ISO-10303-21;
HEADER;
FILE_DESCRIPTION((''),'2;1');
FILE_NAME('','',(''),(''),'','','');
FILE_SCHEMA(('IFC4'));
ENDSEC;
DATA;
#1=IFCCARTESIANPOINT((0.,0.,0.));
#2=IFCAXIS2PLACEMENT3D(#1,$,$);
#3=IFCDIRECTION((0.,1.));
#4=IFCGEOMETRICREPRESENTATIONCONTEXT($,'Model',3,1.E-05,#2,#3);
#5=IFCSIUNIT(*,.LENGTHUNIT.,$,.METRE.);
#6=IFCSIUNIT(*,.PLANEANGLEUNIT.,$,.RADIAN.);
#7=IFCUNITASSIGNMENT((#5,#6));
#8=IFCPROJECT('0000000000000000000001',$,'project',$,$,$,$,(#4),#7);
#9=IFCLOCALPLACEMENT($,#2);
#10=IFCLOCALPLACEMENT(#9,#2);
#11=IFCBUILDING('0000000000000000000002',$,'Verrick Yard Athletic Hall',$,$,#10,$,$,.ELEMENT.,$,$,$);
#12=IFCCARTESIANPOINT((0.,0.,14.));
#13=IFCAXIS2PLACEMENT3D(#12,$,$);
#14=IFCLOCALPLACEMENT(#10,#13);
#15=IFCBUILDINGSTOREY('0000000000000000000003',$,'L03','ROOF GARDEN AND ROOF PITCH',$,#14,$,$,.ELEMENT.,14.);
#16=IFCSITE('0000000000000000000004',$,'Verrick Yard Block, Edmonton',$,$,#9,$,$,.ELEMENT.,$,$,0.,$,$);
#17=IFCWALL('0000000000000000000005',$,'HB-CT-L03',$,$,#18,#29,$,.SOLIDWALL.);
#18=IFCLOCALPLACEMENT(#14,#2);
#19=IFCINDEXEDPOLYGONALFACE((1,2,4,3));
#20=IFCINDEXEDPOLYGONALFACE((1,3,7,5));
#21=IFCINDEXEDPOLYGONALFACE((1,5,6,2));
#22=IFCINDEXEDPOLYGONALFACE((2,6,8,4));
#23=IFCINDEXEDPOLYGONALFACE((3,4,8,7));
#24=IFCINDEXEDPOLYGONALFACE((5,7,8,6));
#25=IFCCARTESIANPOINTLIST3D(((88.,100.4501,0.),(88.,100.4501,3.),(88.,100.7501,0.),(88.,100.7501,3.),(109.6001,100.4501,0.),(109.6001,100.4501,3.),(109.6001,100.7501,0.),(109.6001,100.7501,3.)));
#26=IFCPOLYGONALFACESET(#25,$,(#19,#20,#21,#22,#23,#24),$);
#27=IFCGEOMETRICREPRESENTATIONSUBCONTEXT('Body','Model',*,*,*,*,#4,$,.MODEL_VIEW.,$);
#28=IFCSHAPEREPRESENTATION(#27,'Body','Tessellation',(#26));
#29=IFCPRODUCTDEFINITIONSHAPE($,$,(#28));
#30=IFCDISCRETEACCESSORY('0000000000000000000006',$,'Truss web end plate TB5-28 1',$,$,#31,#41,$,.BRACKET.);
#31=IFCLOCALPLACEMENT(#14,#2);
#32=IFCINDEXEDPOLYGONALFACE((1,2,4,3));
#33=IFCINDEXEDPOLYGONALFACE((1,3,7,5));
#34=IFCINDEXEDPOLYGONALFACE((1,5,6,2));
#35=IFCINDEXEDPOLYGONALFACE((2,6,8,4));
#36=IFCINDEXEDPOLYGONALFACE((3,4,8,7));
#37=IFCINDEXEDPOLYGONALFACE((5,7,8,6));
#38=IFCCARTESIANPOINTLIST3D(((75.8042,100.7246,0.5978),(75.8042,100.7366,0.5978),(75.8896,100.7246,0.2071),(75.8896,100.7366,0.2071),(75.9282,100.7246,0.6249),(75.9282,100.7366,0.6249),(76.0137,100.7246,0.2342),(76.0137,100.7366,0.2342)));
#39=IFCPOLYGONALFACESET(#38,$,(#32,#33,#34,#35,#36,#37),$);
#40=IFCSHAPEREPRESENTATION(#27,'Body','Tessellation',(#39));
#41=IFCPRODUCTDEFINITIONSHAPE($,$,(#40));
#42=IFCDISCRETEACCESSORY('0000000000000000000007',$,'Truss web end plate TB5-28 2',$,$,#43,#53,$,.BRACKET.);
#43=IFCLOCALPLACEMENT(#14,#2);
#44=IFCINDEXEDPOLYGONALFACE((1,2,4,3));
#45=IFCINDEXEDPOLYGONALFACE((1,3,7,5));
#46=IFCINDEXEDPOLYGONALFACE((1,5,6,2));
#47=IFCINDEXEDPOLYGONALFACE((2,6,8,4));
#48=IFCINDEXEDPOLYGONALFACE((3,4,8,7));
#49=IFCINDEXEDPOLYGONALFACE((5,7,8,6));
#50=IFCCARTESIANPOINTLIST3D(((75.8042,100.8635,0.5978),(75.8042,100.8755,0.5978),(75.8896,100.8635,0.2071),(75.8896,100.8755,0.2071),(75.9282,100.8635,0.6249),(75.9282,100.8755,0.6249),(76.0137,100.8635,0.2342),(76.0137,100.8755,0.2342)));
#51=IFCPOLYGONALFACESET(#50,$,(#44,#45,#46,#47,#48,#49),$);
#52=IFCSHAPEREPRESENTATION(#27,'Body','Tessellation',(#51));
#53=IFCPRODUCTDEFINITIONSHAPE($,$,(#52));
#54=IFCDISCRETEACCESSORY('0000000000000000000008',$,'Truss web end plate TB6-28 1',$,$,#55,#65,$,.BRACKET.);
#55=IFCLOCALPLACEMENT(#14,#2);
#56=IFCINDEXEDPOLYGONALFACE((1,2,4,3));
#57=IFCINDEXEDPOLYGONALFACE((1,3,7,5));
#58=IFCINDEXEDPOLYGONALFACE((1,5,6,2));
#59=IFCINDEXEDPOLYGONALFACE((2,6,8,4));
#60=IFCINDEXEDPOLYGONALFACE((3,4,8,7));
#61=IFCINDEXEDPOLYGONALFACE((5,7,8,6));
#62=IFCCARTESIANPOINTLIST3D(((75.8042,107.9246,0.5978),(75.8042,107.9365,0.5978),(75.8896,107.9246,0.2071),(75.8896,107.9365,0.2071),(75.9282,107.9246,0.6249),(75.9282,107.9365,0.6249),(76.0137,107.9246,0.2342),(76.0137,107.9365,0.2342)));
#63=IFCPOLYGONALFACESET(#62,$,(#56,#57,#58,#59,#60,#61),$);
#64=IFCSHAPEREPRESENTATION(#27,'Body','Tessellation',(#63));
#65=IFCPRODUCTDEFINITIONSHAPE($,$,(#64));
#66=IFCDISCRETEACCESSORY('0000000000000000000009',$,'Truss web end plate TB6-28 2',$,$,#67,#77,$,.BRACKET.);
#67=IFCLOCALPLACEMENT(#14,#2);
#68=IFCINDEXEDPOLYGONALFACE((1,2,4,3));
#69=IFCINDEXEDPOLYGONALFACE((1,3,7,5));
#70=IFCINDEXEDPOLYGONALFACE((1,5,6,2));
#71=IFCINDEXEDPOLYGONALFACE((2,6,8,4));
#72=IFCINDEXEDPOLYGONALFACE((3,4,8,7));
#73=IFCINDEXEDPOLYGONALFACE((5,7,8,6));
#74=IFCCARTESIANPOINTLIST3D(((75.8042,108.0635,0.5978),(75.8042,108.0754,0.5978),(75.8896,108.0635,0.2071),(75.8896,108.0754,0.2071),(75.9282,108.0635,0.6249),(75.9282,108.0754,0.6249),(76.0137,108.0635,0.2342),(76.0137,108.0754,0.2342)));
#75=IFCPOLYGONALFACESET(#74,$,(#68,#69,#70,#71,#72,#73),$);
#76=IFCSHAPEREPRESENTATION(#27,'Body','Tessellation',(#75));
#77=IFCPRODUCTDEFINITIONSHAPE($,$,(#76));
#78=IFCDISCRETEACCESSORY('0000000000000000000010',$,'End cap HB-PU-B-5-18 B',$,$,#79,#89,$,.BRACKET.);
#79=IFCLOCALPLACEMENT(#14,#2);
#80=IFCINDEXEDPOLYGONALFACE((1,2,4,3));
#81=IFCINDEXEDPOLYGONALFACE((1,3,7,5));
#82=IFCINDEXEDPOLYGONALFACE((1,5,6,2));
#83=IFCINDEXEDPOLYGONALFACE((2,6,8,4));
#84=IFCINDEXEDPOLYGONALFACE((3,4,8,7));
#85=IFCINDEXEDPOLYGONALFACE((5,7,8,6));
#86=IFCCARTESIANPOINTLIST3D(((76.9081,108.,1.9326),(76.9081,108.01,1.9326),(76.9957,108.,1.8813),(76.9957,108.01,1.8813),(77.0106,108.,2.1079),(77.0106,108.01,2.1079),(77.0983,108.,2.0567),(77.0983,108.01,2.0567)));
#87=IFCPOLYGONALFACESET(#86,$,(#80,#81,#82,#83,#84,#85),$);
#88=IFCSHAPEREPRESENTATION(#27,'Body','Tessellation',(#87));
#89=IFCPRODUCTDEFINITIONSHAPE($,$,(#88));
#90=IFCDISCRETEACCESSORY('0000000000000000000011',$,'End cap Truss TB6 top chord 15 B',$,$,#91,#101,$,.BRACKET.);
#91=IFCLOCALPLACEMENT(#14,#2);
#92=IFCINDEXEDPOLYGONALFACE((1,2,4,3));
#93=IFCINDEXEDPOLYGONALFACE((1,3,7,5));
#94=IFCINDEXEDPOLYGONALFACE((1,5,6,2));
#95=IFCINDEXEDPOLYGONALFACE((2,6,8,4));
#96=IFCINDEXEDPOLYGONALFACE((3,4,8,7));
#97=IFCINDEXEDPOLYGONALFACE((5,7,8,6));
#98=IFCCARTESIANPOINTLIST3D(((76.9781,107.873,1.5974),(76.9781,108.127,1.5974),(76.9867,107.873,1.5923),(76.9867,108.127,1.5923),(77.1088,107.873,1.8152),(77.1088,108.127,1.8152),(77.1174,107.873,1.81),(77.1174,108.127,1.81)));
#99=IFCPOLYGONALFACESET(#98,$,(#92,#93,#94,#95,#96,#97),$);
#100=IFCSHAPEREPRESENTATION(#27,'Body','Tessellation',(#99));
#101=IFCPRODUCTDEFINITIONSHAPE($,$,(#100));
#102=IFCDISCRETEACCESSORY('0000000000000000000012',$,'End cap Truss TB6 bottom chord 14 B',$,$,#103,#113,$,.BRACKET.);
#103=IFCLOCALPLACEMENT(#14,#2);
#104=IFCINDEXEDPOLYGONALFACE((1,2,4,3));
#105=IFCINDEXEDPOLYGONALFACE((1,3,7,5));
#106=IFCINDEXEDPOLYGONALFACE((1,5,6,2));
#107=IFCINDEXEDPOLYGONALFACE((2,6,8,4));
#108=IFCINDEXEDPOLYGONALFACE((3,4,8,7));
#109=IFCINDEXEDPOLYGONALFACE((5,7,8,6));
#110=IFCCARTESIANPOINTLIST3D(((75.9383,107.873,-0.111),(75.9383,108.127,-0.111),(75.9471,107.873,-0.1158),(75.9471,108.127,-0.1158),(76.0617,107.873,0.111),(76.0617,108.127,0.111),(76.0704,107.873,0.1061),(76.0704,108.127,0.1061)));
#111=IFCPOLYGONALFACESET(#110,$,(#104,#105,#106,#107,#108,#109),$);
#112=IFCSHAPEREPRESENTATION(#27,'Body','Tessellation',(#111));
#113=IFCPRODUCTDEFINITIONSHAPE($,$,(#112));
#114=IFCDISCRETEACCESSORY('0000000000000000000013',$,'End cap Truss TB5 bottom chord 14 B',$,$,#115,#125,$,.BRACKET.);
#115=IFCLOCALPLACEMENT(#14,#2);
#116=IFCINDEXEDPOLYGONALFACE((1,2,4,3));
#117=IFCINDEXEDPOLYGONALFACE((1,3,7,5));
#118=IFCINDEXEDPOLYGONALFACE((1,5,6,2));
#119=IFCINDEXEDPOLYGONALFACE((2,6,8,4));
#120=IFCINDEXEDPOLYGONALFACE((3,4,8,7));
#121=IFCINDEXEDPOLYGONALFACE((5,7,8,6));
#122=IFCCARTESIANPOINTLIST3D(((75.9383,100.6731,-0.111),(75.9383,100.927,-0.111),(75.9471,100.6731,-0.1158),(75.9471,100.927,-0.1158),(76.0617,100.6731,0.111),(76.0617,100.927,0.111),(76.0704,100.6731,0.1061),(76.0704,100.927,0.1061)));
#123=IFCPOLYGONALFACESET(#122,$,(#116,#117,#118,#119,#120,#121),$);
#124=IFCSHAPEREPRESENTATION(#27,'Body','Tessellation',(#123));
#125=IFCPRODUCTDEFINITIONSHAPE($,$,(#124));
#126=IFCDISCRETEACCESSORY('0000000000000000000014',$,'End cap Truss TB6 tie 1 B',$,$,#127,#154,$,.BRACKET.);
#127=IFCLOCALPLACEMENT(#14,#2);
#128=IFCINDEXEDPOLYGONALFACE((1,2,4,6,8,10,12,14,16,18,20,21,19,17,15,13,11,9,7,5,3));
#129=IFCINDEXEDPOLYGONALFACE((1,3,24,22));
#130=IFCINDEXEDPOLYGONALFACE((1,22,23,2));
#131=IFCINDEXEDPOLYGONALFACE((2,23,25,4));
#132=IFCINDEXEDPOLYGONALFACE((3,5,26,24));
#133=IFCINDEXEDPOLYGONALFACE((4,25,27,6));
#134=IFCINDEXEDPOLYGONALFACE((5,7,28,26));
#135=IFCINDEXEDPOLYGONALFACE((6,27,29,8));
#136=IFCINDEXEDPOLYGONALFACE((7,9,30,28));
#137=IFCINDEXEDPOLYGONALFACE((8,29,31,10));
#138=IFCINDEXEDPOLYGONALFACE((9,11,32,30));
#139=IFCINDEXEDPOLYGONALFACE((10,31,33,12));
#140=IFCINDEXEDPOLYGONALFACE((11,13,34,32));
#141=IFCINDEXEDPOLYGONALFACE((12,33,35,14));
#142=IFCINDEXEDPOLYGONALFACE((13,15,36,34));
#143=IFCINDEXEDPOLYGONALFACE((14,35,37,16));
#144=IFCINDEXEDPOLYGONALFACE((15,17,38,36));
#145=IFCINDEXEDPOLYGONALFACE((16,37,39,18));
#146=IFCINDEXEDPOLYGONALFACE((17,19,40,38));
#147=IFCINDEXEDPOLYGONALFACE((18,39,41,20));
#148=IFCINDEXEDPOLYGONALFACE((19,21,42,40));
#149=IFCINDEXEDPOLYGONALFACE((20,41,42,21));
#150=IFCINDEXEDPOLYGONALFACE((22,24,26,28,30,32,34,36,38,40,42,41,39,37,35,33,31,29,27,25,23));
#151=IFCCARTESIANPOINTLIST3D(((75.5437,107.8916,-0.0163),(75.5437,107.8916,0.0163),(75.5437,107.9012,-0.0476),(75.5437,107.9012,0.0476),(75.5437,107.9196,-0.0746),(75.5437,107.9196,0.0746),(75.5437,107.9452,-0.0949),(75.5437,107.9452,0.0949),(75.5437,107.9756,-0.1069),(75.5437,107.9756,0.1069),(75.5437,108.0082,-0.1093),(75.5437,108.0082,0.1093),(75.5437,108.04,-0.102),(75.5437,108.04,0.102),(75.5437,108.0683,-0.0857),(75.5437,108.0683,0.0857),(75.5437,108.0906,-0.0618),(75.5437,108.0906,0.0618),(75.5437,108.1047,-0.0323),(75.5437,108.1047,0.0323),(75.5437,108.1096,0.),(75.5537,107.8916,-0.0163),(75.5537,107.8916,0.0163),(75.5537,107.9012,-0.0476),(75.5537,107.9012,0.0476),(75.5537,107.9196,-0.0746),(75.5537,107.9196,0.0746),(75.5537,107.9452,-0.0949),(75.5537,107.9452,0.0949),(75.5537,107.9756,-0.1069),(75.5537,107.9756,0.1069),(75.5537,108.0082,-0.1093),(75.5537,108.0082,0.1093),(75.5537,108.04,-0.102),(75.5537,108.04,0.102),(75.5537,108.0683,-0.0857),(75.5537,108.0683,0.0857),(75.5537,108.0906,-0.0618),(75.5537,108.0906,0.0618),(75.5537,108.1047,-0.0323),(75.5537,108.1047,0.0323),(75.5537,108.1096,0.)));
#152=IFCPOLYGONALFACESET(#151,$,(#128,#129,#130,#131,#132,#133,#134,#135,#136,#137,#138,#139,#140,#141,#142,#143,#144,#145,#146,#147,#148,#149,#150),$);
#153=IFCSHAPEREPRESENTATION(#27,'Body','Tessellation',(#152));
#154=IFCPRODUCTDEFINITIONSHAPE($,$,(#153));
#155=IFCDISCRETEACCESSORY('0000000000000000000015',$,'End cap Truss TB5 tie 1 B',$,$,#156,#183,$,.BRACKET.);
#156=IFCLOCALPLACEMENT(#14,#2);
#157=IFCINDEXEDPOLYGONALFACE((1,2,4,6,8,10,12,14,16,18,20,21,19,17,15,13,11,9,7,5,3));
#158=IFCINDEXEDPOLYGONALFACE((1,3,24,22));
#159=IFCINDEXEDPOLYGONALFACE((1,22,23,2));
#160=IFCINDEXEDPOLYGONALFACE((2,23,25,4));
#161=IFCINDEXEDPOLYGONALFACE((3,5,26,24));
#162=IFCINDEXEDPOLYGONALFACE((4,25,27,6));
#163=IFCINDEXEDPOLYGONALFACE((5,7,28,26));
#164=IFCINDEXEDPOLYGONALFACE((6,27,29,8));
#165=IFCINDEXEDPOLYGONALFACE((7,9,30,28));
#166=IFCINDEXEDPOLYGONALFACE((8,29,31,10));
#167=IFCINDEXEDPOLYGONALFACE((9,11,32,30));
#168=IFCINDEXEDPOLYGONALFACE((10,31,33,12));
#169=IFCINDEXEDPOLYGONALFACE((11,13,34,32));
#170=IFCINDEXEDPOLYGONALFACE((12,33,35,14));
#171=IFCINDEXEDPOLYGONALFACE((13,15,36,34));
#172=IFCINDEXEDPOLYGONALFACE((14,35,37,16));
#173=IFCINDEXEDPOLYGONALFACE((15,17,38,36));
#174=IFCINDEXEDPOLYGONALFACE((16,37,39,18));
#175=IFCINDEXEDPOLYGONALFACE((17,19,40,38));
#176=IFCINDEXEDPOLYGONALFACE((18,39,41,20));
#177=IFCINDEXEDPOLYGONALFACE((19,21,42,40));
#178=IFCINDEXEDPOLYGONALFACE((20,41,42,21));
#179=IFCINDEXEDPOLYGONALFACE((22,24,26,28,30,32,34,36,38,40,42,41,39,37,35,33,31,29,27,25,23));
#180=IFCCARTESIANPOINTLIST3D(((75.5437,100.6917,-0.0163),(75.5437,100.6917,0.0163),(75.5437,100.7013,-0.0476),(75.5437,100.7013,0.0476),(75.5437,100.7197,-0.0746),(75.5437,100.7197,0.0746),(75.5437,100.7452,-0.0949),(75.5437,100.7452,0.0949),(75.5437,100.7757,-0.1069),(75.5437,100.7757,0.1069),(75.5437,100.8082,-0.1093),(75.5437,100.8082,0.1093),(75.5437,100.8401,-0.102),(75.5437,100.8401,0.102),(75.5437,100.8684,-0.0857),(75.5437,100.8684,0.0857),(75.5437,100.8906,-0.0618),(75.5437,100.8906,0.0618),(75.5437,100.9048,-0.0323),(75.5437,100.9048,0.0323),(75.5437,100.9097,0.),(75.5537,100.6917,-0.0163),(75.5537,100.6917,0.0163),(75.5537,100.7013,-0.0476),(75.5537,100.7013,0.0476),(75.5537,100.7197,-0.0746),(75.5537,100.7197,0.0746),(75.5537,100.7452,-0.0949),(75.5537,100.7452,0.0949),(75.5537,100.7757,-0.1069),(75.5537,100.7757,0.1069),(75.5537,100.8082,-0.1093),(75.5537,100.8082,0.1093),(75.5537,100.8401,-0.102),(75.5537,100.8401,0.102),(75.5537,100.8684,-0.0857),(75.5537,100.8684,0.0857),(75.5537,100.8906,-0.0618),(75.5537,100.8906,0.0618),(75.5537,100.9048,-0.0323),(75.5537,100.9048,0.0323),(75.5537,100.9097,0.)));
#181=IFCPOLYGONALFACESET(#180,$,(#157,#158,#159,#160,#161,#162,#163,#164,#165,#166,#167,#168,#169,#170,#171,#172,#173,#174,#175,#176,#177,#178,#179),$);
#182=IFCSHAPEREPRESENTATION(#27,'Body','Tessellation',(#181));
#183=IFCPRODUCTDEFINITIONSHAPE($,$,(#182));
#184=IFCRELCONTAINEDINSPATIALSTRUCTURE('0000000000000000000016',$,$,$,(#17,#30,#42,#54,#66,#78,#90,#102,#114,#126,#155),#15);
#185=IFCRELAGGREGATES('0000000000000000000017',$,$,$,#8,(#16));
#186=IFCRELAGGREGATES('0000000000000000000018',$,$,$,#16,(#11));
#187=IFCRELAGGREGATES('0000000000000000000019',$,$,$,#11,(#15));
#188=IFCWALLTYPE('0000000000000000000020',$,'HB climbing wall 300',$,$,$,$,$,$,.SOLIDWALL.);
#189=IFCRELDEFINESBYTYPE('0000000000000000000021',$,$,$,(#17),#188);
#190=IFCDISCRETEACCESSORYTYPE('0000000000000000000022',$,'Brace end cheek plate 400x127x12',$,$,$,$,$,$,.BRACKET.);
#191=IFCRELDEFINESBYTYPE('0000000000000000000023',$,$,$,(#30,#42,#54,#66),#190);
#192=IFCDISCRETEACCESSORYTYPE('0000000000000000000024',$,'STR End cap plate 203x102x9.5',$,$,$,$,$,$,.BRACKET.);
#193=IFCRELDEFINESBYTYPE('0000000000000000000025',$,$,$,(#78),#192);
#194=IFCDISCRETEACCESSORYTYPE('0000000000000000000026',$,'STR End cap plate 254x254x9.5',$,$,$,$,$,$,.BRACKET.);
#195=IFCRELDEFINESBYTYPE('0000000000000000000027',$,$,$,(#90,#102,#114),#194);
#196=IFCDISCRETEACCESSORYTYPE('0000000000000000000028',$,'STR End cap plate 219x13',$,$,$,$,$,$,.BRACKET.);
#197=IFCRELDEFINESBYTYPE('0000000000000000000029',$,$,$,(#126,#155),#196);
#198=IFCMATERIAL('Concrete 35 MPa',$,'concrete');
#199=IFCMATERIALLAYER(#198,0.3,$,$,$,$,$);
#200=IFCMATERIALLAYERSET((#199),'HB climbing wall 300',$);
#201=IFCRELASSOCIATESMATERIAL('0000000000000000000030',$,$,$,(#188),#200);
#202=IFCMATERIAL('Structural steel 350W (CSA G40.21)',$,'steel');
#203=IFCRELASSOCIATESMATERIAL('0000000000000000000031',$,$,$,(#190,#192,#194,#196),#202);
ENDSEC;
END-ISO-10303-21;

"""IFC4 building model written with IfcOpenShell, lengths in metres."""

from ifc_helpers import new_model, si_unit, direction, frame, frame_2d, origin, origin_2d, place, context, subcontext, project, spatial, rectangle, circle, extrude, material, layer, layer_set, material_profile, profile_set, type_object, element, save


model = new_model("IFC4")

# Units and contexts
model_context = context("Model", 3, precision=1e-05, world=origin(), true_north=direction((0.0, 1.0)))
body_context = subcontext(model_context, "Body", "Model", "MODEL_VIEW")
ifc_project = project(units=[si_unit("LENGTHUNIT", "METRE"), si_unit("PLANEANGLEUNIT", "RADIAN")], contexts=[model_context])

# Site, building, storey
site_placement = place(None, origin())
site = spatial("IfcSite", under=ifc_project, at=site_placement, Name="Verrick Yard Block, Edmonton", CompositionType="ELEMENT", RefElevation=0.0)
building_placement = place(site_placement, origin())
building = spatial("IfcBuilding", under=site, at=building_placement, Name="Verrick Yard Athletic Hall", CompositionType="ELEMENT")
storey_placement = place(building_placement, frame((0.0, 0.0, 14.0)))
storey = spatial("IfcBuildingStorey", under=building, at=storey_placement, Name="L03", Description="ROOF GARDEN AND ROOF PITCH", CompositionType="ELEMENT", Elevation=14.0)

# Shared definitions
ifc_material_1 = material(Name="Concrete 35 MPa", Category="concrete")

# Wall
ifc_layer_1 = layer(ifc_material_1, 0.3)
ifc_layer_set_1 = layer_set([ifc_layer_1], Name="HB climbing wall 300")
wall_type_1 = type_object("IfcWallType", Name="HB climbing wall 300", PredefinedType="SOLIDWALL", material=ifc_layer_set_1)
wall_1_placement = place(storey_placement, frame((88.0, 100.6001, 0.0), z_axis=(0.0, 0.0, 1.0), x_axis=(1.0, 0.0, 0.0)))
element("IfcWall", 1, at=wall_1_placement, inside=storey, type_object=wall_type_1, Name="HB-CT-L03", PredefinedType="SOLIDWALL", context=body_context, shape_type="SweptSolid", body=[
    extrude(rectangle(XDim=21.6001, YDim=0.3, at=frame_2d((10.8, 0.0))), origin(), (0.0, 0.0, 1.0), 3.0),
])

# Discrete accessories
ifc_material_2 = material(Name="Structural steel 350W (CSA G40.21)", Category="steel")
ifc_material_profile_1 = material_profile(ifc_material_2, rectangle(XDim=0.3999, YDim=0.127, at=origin_2d()), Name="Brace end cheek plate")
ifc_profile_set_1 = profile_set([ifc_material_profile_1], Name="Structural steel 350W (CSA G40.21)")
discrete_accessory_type_1 = type_object("IfcDiscreteAccessoryType", Name="Brace end cheek plate 400x127x12", PredefinedType="BRACKET", material=ifc_profile_set_1)
for number, where, z_axis, x_axis, name in (
    (2, (75.9089, 100.7366, 0.416), (0.0, -1.0, 0.0), (-0.213605, 0.0, 0.97692), "Truss web end plate TB5-28 1"),
    (3, (75.9089, 100.8635, 0.416), (0.0, 1.0, 0.0), (-0.213605, 0.0, 0.97692), "Truss web end plate TB5-28 2"),
    (4, (75.9089, 107.9365, 0.416), (0.0, -1.0, 0.0), (-0.213605, 0.0, 0.97692), "Truss web end plate TB6-28 1"),
    (5, (75.9089, 108.0635, 0.416), (0.0, 1.0, 0.0), (-0.213605, 0.0, 0.97692), "Truss web end plate TB6-28 2"),
):
    element("IfcDiscreteAccessory", number, at=place(storey_placement, frame(where, z_axis=z_axis, x_axis=x_axis)), inside=storey, type_object=discrete_accessory_type_1, Name=name, PredefinedType="BRACKET", context=body_context, shape_type="SweptSolid", body=[
        extrude(rectangle(XDim=0.3999, YDim=0.127, at=origin_2d()), origin(), (0.0, 0.0, 1.0), 0.012),
    ])
ifc_material_profile_2 = material_profile(ifc_material_2, rectangle(XDim=0.1016, YDim=0.2031, at=origin_2d()), Name="STR End cap plate 203x102x9.5")
ifc_profile_set_2 = profile_set([ifc_material_profile_2], Name="Structural steel 350W (CSA G40.21)")
discrete_accessory_type_2 = type_object("IfcDiscreteAccessoryType", Name="STR End cap plate 203x102x9.5", PredefinedType="BRACKET", material=ifc_profile_set_2)
discrete_accessory_placement = place(storey_placement, frame((77.0032, 108.0, 1.9946), z_axis=(0.0, 1.0, 0.0), x_axis=(-0.863168, 0.0, 0.504917)))
element("IfcDiscreteAccessory", 6, at=discrete_accessory_placement, inside=storey, type_object=discrete_accessory_type_2, Name="End cap HB-PU-B-5-18 B", PredefinedType="BRACKET", context=body_context, shape_type="SweptSolid", body=[
    extrude(rectangle(XDim=0.1016, YDim=0.2031, at=origin_2d()), origin(), (0.0, 0.0, 1.0), 0.01),
])
ifc_material_profile_3 = material_profile(ifc_material_2, rectangle(XDim=0.2539, YDim=0.2539, at=origin_2d()), Name="STR End cap plate 254x254x9.5")
ifc_profile_set_3 = profile_set([ifc_material_profile_3], Name="Structural steel 350W (CSA G40.21)")
discrete_accessory_type_3 = type_object("IfcDiscreteAccessoryType", Name="STR End cap plate 254x254x9.5", PredefinedType="BRACKET", material=ifc_profile_set_3)
for number, where, z_axis, x_axis, name in (
    (7, (77.0435, 108.0, 1.7063), (0.857493, 0.0, -0.514496), (0.0, 1.0, 0.0), "End cap Truss TB6 top chord 15 B"),
    (8, (76.0, 108.0, 0.0), (0.874157, 0.0, -0.485643), (0.0, 1.0, 0.0), "End cap Truss TB6 bottom chord 14 B"),
    (9, (76.0, 100.8, 0.0), (0.874157, 0.0, -0.485643), (0.0, 1.0, 0.0), "End cap Truss TB5 bottom chord 14 B"),
):
    element("IfcDiscreteAccessory", number, at=place(storey_placement, frame(where, z_axis=z_axis, x_axis=x_axis)), inside=storey, type_object=discrete_accessory_type_3, Name=name, PredefinedType="BRACKET", context=body_context, shape_type="SweptSolid", body=[
        extrude(rectangle(XDim=0.2539, YDim=0.2539, at=origin_2d()), origin(), (0.0, 0.0, 1.0), 0.01),
    ])
ifc_material_profile_4 = material_profile(ifc_material_2, circle(Radius=0.1096, at=origin_2d()), Name="STR End cap plate 219x13")
ifc_profile_set_4 = profile_set([ifc_material_profile_4], Name="Structural steel 350W (CSA G40.21)")
discrete_accessory_type_4 = type_object("IfcDiscreteAccessoryType", Name="STR End cap plate 219x13", PredefinedType="BRACKET", material=ifc_profile_set_4)
for number, where, z_axis, x_axis, name in (
    (10, (75.5437, 108.0, 0.0), (1.0, 0.0, 0.0), (0.0, 1.0, 0.0), "End cap Truss TB6 tie 1 B"),
    (11, (75.5437, 100.8, 0.0), (1.0, 0.0, 0.0), (0.0, 1.0, 0.0), "End cap Truss TB5 tie 1 B"),
):
    element("IfcDiscreteAccessory", number, at=place(storey_placement, frame(where, z_axis=z_axis, x_axis=x_axis)), inside=storey, type_object=discrete_accessory_type_4, Name=name, PredefinedType="BRACKET", context=body_context, shape_type="SweptSolid", body=[
        extrude(circle(Radius=0.1096, at=origin_2d()), origin(), (0.0, 0.0, 1.0), 0.01),
    ])

save(model, "model.ifc")
